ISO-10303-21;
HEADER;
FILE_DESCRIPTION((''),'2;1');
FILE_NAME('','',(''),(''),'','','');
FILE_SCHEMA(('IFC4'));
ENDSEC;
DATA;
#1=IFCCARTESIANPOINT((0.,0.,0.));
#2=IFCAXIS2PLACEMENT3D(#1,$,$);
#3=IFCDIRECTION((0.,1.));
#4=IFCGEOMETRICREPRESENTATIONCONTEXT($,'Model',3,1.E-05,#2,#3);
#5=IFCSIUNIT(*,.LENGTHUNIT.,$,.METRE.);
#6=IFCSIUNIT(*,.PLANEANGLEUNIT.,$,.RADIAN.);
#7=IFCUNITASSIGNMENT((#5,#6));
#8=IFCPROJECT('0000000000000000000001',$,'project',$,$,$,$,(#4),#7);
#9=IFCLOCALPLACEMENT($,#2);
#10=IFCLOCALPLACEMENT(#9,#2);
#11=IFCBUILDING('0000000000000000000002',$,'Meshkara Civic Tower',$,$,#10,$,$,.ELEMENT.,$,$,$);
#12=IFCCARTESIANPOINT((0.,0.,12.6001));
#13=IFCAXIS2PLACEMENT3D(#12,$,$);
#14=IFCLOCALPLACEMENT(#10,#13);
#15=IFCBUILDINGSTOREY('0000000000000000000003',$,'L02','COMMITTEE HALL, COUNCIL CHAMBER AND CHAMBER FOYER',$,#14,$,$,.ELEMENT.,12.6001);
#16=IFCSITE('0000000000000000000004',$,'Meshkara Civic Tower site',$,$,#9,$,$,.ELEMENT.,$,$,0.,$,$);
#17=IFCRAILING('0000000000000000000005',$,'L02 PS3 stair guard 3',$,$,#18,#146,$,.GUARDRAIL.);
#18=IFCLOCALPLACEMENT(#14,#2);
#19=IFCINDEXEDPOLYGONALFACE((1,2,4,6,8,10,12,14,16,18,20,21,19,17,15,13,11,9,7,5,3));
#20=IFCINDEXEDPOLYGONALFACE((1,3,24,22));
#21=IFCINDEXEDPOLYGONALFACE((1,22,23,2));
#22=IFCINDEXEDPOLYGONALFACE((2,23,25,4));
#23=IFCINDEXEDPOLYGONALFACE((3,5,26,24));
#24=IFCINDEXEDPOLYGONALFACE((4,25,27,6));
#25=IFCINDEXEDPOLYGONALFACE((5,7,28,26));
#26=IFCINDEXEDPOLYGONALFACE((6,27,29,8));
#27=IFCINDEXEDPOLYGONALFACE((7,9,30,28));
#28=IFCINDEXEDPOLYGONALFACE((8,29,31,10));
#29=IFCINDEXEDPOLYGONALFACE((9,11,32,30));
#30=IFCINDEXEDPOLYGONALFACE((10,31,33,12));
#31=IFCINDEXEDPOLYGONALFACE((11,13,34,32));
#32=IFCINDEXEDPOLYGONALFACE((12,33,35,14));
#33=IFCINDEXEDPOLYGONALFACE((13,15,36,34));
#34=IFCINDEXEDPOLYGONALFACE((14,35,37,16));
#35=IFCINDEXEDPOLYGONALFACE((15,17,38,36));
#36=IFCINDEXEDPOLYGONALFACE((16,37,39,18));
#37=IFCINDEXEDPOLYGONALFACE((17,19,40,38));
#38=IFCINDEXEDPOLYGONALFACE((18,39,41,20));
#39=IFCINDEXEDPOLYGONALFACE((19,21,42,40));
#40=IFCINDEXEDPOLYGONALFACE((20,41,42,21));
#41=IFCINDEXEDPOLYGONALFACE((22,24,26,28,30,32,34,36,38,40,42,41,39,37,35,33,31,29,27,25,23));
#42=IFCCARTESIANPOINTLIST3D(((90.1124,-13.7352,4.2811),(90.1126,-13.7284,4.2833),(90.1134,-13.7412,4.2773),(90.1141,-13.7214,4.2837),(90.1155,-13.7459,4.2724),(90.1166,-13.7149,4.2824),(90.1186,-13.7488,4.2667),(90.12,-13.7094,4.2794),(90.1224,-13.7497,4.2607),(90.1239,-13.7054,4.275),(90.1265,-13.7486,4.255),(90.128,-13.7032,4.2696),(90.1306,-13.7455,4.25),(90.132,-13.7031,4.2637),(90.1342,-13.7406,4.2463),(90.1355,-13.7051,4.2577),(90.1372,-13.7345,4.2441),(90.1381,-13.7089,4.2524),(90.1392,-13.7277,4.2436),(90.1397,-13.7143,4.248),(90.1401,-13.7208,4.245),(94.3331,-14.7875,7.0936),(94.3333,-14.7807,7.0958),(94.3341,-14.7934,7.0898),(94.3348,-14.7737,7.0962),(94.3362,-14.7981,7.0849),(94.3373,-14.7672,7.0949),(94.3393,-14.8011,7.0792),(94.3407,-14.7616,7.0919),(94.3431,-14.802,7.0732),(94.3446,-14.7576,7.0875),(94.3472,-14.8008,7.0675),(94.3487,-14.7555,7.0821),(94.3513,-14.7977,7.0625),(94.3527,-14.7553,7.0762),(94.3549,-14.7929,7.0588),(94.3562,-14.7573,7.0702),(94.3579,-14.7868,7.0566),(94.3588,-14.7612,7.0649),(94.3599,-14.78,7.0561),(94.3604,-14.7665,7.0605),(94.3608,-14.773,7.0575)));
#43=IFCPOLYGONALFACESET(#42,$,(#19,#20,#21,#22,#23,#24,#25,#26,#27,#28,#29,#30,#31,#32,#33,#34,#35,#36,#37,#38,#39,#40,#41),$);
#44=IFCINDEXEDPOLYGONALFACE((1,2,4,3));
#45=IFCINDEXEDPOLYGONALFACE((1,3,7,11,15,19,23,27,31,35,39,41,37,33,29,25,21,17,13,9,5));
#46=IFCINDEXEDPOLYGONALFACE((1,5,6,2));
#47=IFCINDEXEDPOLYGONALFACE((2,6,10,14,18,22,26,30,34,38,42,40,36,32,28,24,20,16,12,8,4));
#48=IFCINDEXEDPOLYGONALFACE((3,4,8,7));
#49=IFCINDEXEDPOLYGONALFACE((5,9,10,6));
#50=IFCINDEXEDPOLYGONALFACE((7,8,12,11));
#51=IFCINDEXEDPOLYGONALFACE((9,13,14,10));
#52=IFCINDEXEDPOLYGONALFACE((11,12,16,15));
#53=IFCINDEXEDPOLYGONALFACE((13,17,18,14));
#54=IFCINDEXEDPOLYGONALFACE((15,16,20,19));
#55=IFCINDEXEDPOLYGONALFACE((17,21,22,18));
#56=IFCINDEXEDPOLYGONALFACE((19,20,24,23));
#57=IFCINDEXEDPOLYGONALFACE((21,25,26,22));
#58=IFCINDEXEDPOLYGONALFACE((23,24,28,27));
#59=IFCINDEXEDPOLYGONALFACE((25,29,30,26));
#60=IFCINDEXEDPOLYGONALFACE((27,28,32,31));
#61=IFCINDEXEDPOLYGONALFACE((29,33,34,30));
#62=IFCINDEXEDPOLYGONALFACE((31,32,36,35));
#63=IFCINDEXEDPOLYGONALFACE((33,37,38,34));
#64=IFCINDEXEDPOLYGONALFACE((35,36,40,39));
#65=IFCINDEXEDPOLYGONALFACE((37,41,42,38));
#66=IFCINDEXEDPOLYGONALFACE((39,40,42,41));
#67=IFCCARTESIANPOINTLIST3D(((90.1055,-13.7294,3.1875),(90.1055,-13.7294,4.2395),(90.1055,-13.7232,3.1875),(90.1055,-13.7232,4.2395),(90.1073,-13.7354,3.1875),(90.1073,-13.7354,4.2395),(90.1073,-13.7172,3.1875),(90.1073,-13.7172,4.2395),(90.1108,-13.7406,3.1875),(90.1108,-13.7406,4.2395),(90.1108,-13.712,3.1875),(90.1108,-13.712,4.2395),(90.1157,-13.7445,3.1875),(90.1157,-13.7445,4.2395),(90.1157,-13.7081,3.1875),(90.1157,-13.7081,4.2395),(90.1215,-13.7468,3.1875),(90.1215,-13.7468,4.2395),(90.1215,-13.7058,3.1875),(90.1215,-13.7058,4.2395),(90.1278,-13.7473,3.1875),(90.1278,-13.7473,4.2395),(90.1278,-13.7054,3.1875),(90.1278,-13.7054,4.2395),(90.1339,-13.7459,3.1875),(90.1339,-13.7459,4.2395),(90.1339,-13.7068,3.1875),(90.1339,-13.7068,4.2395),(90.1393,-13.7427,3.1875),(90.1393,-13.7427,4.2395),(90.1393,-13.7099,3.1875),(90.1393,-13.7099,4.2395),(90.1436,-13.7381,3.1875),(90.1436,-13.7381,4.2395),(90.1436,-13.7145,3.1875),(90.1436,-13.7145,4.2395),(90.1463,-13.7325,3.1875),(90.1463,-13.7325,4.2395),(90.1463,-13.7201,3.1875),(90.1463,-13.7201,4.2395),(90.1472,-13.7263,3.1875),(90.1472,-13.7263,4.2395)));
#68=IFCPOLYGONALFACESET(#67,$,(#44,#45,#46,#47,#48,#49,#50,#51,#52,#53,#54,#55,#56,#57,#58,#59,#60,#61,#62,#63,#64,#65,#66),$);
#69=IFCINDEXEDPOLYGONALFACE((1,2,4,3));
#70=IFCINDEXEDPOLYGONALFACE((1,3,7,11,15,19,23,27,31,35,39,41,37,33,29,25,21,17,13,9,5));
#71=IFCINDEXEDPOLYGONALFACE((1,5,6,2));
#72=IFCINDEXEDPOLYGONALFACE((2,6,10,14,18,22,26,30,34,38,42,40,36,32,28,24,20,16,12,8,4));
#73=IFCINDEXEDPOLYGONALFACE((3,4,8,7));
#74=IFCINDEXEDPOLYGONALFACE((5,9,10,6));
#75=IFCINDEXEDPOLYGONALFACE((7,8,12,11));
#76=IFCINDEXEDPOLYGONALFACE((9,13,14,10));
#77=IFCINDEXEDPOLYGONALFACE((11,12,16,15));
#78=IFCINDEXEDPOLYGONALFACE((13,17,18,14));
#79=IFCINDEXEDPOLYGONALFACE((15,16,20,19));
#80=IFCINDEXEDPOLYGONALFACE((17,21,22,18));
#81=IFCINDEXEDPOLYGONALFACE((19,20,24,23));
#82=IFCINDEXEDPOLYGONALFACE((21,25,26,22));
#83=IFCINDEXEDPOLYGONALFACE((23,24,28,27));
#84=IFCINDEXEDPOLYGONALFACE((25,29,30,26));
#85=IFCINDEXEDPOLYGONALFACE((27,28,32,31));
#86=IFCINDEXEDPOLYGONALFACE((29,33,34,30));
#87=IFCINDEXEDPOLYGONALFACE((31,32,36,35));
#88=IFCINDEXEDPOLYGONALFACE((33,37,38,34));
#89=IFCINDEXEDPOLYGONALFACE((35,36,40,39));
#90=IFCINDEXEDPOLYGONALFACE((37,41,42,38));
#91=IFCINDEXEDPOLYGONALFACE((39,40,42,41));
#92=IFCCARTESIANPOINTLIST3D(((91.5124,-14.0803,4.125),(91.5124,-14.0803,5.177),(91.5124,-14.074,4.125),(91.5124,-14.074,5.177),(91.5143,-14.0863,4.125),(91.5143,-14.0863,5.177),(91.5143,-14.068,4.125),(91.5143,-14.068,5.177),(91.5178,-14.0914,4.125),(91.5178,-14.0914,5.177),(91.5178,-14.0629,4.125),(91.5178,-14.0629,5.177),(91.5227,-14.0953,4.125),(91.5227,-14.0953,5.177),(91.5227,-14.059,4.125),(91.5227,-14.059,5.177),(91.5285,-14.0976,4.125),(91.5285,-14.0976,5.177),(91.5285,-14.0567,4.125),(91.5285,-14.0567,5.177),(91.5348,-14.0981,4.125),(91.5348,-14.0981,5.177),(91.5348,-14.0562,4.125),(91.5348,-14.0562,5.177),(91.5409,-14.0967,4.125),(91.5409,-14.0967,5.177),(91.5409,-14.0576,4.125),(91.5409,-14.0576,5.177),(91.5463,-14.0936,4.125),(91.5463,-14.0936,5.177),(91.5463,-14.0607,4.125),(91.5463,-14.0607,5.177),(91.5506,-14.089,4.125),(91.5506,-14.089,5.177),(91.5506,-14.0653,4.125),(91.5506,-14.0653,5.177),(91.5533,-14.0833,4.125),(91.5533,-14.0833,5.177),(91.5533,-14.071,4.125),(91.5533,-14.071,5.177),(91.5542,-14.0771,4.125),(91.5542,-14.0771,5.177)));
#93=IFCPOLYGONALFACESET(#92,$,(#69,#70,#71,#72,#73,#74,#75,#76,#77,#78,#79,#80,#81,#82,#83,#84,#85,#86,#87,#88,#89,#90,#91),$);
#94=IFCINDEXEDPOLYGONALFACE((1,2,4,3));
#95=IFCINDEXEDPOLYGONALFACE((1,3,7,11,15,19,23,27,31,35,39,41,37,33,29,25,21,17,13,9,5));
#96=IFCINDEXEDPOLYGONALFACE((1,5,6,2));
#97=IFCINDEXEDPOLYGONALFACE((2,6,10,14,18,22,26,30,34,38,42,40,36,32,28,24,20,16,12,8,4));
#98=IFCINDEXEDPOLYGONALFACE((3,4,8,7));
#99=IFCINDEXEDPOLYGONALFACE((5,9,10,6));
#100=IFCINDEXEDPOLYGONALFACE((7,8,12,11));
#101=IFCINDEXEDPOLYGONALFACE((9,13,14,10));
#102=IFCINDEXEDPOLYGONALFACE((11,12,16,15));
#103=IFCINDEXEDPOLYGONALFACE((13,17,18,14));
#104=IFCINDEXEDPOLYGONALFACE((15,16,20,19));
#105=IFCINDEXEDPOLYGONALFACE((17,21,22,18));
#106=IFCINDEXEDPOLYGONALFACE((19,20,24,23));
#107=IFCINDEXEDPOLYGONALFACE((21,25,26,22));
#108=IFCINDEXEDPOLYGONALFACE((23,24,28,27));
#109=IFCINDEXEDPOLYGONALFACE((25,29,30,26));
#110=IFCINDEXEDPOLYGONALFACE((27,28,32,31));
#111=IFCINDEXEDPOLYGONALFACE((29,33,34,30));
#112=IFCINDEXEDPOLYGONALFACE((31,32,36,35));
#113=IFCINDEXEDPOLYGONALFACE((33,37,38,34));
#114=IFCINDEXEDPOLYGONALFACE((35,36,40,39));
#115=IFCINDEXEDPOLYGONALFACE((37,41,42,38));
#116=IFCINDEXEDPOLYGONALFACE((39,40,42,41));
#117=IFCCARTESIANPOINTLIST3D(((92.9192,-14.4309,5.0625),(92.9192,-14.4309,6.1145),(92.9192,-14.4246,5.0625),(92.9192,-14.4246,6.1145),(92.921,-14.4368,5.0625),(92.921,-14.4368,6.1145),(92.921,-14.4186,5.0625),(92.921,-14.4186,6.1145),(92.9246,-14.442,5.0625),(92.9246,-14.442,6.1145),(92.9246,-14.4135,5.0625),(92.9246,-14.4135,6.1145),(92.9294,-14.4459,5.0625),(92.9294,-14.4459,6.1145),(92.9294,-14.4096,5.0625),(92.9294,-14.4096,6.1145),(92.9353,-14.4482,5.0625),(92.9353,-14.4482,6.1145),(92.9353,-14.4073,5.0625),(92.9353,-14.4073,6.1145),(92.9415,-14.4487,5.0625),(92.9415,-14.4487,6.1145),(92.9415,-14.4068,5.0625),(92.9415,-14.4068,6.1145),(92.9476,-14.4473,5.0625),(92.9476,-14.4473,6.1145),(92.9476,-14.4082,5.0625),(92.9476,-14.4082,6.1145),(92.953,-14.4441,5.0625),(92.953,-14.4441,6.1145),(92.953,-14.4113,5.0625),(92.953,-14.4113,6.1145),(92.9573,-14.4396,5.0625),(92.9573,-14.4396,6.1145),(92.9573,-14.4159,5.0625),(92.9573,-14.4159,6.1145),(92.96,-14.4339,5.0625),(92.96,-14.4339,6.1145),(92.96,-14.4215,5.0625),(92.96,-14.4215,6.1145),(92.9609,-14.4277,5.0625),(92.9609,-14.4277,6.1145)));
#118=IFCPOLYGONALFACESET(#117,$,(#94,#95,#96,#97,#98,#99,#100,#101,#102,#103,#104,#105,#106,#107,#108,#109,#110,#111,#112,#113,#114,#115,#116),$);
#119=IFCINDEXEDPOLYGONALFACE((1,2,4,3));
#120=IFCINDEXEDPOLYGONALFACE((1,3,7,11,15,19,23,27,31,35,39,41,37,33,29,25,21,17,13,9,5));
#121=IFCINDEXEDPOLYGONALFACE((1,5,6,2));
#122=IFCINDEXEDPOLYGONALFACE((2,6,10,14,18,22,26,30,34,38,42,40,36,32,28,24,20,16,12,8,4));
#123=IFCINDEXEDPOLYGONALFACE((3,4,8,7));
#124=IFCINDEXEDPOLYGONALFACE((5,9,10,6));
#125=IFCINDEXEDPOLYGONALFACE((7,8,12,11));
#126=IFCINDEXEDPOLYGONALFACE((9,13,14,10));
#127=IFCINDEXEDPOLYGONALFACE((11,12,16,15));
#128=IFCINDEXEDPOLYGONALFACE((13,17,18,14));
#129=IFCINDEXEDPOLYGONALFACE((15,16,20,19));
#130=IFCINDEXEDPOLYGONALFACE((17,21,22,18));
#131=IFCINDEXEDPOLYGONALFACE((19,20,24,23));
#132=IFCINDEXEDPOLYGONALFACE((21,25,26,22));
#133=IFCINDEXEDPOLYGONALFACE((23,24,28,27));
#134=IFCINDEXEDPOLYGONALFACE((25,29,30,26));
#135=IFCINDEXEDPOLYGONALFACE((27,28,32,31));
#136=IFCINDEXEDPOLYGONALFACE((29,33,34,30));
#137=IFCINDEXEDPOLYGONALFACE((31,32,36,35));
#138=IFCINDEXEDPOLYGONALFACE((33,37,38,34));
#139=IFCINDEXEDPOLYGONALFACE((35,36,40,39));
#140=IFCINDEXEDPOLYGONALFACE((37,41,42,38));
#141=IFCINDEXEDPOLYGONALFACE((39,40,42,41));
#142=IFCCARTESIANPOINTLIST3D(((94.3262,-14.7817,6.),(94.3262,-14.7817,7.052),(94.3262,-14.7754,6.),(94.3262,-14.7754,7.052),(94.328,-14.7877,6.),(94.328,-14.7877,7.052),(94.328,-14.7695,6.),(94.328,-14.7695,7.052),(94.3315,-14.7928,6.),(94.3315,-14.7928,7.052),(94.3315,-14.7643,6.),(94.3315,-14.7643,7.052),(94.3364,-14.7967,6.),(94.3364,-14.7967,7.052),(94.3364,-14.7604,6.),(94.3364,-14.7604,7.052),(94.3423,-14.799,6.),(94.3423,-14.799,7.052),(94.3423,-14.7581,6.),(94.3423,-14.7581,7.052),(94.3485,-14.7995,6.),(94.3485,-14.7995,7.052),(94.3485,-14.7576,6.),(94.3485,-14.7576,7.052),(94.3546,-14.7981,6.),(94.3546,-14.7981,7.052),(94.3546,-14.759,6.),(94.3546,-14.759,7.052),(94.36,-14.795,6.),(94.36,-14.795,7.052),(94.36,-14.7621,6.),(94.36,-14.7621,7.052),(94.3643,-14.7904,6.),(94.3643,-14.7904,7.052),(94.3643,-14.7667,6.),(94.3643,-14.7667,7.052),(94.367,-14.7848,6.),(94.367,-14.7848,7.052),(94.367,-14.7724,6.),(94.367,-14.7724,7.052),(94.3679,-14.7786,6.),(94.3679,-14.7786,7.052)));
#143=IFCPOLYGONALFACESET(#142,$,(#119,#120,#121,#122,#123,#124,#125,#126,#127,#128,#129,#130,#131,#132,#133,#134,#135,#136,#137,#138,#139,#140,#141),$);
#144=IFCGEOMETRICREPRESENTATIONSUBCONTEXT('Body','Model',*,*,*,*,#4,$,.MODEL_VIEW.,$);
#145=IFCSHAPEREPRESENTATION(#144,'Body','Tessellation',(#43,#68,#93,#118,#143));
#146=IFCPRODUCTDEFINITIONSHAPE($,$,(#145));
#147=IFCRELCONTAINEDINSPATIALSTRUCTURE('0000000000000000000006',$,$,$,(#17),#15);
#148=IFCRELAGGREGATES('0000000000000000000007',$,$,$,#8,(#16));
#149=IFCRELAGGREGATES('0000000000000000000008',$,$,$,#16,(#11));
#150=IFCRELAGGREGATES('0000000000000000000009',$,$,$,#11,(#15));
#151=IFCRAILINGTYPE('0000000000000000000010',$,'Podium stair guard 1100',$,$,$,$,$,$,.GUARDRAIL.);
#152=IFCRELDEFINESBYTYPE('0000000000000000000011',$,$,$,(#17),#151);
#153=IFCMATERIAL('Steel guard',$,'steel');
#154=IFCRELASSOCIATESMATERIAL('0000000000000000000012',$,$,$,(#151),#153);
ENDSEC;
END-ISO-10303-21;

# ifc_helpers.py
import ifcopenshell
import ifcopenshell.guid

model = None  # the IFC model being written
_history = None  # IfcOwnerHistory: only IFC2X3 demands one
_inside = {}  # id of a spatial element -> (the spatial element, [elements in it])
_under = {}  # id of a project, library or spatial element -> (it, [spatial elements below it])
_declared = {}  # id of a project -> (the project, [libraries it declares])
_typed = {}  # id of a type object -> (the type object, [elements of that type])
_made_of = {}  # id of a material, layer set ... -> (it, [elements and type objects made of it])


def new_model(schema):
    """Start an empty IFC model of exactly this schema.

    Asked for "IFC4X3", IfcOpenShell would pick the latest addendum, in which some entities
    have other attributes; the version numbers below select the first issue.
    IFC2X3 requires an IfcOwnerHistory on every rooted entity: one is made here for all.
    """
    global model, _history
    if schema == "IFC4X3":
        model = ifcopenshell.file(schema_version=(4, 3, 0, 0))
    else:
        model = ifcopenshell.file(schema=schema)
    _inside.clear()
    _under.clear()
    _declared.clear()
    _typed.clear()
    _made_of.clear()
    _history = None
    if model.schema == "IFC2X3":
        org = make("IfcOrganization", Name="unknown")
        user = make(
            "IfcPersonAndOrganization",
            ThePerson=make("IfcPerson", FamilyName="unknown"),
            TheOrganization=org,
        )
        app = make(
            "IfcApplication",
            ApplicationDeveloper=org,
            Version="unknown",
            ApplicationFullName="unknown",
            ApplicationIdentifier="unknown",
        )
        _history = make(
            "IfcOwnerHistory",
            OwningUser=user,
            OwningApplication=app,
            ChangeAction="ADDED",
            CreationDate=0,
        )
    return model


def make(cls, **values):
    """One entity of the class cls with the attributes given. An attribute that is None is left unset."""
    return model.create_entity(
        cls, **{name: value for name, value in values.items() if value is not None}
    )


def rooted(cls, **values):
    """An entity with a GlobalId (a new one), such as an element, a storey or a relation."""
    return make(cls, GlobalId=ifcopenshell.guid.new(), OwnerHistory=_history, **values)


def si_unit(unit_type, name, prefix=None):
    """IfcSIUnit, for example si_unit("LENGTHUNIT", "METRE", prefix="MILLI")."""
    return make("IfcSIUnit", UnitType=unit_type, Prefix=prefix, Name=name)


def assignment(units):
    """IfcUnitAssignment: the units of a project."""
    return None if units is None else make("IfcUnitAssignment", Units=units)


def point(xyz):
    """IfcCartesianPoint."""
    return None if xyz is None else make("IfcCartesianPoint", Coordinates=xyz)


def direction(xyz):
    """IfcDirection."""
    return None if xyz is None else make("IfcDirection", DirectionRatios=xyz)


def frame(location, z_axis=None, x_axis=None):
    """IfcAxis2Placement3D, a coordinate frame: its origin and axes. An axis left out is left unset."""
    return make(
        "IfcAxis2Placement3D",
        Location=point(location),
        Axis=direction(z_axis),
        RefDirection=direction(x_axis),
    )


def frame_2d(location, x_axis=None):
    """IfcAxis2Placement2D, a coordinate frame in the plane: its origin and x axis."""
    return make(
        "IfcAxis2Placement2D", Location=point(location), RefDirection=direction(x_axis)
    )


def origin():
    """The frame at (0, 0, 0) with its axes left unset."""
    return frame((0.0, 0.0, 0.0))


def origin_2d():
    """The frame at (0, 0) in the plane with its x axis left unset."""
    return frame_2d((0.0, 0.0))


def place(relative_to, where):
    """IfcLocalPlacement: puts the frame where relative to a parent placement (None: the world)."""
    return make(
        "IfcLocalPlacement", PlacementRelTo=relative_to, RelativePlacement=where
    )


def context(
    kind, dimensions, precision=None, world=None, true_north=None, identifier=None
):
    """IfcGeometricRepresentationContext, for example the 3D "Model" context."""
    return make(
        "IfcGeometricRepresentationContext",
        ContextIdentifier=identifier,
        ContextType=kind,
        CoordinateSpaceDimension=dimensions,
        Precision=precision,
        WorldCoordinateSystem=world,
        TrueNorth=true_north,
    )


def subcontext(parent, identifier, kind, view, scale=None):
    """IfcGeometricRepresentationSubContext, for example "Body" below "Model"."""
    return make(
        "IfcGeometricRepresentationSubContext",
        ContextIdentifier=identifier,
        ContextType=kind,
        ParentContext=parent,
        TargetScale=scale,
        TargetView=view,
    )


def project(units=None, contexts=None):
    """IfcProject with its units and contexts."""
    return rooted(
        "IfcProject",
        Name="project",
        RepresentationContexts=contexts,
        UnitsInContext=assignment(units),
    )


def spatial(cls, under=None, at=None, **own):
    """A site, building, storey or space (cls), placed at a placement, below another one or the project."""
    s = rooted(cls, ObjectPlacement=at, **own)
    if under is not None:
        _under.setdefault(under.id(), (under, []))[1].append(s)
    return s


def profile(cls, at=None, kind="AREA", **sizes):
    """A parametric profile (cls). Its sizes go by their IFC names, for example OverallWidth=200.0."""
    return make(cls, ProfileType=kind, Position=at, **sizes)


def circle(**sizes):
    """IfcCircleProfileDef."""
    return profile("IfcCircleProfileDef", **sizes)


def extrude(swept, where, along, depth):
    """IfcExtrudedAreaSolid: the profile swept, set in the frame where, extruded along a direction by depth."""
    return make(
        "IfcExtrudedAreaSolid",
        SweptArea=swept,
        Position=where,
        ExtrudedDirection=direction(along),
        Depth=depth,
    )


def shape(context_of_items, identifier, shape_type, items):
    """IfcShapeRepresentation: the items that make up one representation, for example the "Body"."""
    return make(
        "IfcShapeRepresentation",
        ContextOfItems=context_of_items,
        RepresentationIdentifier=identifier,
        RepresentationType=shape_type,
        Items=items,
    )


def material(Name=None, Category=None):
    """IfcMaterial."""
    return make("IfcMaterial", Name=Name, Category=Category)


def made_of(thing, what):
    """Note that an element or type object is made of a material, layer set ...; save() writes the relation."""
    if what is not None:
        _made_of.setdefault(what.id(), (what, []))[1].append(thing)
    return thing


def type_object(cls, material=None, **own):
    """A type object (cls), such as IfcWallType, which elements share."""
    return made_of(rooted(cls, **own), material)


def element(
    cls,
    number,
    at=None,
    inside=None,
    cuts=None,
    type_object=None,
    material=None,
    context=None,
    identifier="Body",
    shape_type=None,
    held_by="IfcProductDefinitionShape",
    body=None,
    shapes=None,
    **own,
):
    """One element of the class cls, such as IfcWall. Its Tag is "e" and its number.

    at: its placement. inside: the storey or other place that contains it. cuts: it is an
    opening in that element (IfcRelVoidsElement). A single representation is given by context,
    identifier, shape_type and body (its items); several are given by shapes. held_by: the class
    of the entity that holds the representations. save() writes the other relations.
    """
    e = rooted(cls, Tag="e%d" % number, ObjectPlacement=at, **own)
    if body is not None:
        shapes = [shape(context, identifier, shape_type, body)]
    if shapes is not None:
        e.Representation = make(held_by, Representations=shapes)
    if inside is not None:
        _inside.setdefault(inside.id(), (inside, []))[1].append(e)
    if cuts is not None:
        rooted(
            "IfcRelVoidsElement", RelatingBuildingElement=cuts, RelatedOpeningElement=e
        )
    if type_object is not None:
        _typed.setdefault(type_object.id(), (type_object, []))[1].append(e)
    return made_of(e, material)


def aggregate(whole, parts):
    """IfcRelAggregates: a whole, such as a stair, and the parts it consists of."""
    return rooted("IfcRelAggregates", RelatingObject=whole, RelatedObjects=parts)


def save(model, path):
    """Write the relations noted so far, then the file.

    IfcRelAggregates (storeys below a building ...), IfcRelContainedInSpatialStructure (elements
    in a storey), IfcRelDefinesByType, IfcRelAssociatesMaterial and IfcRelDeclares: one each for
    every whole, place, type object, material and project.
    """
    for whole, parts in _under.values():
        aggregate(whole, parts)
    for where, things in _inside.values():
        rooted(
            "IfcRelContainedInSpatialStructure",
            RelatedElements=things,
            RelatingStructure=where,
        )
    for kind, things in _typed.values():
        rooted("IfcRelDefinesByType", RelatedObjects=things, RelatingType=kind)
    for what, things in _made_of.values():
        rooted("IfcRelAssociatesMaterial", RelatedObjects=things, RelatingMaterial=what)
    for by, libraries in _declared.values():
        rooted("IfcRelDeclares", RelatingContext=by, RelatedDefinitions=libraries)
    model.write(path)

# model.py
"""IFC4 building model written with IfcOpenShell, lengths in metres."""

from ifc_helpers import new_model, si_unit, direction, frame, origin, origin_2d, place, context, subcontext, project, spatial, circle, extrude, material, type_object, element, save


model = new_model("IFC4")

# Units and contexts
model_context = context("Model", 3, precision=1e-05, world=origin(), true_north=direction((0.0, 1.0)))
body_context = subcontext(model_context, "Body", "Model", "MODEL_VIEW")
ifc_project = project(units=[si_unit("LENGTHUNIT", "METRE"), si_unit("PLANEANGLEUNIT", "RADIAN")], contexts=[model_context])

# Site, building, storey
site_placement = place(None, origin())
site = spatial("IfcSite", under=ifc_project, at=site_placement, Name="Meshkara Civic Tower site", CompositionType="ELEMENT", RefElevation=0.0)
building_placement = place(site_placement, origin())
building = spatial("IfcBuilding", under=site, at=building_placement, Name="Meshkara Civic Tower", CompositionType="ELEMENT")
storey_placement = place(building_placement, frame((0.0, 0.0, 12.6001)))
storey = spatial("IfcBuildingStorey", under=building, at=storey_placement, Name="L02", Description="COMMITTEE HALL, COUNCIL CHAMBER AND CHAMBER FOYER", CompositionType="ELEMENT", Elevation=12.6001)

# Railing
ifc_material_1 = material(Name="Steel guard", Category="steel")
railing_type_1 = type_object("IfcRailingType", Name="Podium stair guard 1100", PredefinedType="GUARDRAIL", material=ifc_material_1)
railing_1_placement = place(storey_placement, frame((90.1262, -13.7263, 3.1875)))
element("IfcRailing", 1, at=railing_1_placement, inside=storey, type_object=railing_type_1, Name="L02 PS3 stair guard 3", PredefinedType="GUARDRAIL", context=body_context, shape_type="SweptSolid", body=[
    extrude(circle(Radius=0.0239, at=origin_2d()), frame((0.0, 0.0, 1.0762), z_axis=(0.814818, -0.203139, 0.542961), x_axis=(0.241902, 0.970301, 0.0)), (0.0, 0.0, 1.0), 5.1799),
    extrude(circle(Radius=0.021, at=origin_2d()), origin(), (0.0, 0.0, 1.0), 1.052),
    extrude(circle(Radius=0.021, at=origin_2d()), frame((1.407, -0.3508, 0.9375)), (0.0, 0.0, 1.0), 1.052),
    extrude(circle(Radius=0.021, at=origin_2d()), frame((2.8137, -0.7014, 1.875)), (0.0, 0.0, 1.0), 1.052),
    extrude(circle(Radius=0.021, at=origin_2d()), frame((4.2207, -1.0522, 2.8125)), (0.0, 0.0, 1.0), 1.052),
])

save(model, "model.ifc")
